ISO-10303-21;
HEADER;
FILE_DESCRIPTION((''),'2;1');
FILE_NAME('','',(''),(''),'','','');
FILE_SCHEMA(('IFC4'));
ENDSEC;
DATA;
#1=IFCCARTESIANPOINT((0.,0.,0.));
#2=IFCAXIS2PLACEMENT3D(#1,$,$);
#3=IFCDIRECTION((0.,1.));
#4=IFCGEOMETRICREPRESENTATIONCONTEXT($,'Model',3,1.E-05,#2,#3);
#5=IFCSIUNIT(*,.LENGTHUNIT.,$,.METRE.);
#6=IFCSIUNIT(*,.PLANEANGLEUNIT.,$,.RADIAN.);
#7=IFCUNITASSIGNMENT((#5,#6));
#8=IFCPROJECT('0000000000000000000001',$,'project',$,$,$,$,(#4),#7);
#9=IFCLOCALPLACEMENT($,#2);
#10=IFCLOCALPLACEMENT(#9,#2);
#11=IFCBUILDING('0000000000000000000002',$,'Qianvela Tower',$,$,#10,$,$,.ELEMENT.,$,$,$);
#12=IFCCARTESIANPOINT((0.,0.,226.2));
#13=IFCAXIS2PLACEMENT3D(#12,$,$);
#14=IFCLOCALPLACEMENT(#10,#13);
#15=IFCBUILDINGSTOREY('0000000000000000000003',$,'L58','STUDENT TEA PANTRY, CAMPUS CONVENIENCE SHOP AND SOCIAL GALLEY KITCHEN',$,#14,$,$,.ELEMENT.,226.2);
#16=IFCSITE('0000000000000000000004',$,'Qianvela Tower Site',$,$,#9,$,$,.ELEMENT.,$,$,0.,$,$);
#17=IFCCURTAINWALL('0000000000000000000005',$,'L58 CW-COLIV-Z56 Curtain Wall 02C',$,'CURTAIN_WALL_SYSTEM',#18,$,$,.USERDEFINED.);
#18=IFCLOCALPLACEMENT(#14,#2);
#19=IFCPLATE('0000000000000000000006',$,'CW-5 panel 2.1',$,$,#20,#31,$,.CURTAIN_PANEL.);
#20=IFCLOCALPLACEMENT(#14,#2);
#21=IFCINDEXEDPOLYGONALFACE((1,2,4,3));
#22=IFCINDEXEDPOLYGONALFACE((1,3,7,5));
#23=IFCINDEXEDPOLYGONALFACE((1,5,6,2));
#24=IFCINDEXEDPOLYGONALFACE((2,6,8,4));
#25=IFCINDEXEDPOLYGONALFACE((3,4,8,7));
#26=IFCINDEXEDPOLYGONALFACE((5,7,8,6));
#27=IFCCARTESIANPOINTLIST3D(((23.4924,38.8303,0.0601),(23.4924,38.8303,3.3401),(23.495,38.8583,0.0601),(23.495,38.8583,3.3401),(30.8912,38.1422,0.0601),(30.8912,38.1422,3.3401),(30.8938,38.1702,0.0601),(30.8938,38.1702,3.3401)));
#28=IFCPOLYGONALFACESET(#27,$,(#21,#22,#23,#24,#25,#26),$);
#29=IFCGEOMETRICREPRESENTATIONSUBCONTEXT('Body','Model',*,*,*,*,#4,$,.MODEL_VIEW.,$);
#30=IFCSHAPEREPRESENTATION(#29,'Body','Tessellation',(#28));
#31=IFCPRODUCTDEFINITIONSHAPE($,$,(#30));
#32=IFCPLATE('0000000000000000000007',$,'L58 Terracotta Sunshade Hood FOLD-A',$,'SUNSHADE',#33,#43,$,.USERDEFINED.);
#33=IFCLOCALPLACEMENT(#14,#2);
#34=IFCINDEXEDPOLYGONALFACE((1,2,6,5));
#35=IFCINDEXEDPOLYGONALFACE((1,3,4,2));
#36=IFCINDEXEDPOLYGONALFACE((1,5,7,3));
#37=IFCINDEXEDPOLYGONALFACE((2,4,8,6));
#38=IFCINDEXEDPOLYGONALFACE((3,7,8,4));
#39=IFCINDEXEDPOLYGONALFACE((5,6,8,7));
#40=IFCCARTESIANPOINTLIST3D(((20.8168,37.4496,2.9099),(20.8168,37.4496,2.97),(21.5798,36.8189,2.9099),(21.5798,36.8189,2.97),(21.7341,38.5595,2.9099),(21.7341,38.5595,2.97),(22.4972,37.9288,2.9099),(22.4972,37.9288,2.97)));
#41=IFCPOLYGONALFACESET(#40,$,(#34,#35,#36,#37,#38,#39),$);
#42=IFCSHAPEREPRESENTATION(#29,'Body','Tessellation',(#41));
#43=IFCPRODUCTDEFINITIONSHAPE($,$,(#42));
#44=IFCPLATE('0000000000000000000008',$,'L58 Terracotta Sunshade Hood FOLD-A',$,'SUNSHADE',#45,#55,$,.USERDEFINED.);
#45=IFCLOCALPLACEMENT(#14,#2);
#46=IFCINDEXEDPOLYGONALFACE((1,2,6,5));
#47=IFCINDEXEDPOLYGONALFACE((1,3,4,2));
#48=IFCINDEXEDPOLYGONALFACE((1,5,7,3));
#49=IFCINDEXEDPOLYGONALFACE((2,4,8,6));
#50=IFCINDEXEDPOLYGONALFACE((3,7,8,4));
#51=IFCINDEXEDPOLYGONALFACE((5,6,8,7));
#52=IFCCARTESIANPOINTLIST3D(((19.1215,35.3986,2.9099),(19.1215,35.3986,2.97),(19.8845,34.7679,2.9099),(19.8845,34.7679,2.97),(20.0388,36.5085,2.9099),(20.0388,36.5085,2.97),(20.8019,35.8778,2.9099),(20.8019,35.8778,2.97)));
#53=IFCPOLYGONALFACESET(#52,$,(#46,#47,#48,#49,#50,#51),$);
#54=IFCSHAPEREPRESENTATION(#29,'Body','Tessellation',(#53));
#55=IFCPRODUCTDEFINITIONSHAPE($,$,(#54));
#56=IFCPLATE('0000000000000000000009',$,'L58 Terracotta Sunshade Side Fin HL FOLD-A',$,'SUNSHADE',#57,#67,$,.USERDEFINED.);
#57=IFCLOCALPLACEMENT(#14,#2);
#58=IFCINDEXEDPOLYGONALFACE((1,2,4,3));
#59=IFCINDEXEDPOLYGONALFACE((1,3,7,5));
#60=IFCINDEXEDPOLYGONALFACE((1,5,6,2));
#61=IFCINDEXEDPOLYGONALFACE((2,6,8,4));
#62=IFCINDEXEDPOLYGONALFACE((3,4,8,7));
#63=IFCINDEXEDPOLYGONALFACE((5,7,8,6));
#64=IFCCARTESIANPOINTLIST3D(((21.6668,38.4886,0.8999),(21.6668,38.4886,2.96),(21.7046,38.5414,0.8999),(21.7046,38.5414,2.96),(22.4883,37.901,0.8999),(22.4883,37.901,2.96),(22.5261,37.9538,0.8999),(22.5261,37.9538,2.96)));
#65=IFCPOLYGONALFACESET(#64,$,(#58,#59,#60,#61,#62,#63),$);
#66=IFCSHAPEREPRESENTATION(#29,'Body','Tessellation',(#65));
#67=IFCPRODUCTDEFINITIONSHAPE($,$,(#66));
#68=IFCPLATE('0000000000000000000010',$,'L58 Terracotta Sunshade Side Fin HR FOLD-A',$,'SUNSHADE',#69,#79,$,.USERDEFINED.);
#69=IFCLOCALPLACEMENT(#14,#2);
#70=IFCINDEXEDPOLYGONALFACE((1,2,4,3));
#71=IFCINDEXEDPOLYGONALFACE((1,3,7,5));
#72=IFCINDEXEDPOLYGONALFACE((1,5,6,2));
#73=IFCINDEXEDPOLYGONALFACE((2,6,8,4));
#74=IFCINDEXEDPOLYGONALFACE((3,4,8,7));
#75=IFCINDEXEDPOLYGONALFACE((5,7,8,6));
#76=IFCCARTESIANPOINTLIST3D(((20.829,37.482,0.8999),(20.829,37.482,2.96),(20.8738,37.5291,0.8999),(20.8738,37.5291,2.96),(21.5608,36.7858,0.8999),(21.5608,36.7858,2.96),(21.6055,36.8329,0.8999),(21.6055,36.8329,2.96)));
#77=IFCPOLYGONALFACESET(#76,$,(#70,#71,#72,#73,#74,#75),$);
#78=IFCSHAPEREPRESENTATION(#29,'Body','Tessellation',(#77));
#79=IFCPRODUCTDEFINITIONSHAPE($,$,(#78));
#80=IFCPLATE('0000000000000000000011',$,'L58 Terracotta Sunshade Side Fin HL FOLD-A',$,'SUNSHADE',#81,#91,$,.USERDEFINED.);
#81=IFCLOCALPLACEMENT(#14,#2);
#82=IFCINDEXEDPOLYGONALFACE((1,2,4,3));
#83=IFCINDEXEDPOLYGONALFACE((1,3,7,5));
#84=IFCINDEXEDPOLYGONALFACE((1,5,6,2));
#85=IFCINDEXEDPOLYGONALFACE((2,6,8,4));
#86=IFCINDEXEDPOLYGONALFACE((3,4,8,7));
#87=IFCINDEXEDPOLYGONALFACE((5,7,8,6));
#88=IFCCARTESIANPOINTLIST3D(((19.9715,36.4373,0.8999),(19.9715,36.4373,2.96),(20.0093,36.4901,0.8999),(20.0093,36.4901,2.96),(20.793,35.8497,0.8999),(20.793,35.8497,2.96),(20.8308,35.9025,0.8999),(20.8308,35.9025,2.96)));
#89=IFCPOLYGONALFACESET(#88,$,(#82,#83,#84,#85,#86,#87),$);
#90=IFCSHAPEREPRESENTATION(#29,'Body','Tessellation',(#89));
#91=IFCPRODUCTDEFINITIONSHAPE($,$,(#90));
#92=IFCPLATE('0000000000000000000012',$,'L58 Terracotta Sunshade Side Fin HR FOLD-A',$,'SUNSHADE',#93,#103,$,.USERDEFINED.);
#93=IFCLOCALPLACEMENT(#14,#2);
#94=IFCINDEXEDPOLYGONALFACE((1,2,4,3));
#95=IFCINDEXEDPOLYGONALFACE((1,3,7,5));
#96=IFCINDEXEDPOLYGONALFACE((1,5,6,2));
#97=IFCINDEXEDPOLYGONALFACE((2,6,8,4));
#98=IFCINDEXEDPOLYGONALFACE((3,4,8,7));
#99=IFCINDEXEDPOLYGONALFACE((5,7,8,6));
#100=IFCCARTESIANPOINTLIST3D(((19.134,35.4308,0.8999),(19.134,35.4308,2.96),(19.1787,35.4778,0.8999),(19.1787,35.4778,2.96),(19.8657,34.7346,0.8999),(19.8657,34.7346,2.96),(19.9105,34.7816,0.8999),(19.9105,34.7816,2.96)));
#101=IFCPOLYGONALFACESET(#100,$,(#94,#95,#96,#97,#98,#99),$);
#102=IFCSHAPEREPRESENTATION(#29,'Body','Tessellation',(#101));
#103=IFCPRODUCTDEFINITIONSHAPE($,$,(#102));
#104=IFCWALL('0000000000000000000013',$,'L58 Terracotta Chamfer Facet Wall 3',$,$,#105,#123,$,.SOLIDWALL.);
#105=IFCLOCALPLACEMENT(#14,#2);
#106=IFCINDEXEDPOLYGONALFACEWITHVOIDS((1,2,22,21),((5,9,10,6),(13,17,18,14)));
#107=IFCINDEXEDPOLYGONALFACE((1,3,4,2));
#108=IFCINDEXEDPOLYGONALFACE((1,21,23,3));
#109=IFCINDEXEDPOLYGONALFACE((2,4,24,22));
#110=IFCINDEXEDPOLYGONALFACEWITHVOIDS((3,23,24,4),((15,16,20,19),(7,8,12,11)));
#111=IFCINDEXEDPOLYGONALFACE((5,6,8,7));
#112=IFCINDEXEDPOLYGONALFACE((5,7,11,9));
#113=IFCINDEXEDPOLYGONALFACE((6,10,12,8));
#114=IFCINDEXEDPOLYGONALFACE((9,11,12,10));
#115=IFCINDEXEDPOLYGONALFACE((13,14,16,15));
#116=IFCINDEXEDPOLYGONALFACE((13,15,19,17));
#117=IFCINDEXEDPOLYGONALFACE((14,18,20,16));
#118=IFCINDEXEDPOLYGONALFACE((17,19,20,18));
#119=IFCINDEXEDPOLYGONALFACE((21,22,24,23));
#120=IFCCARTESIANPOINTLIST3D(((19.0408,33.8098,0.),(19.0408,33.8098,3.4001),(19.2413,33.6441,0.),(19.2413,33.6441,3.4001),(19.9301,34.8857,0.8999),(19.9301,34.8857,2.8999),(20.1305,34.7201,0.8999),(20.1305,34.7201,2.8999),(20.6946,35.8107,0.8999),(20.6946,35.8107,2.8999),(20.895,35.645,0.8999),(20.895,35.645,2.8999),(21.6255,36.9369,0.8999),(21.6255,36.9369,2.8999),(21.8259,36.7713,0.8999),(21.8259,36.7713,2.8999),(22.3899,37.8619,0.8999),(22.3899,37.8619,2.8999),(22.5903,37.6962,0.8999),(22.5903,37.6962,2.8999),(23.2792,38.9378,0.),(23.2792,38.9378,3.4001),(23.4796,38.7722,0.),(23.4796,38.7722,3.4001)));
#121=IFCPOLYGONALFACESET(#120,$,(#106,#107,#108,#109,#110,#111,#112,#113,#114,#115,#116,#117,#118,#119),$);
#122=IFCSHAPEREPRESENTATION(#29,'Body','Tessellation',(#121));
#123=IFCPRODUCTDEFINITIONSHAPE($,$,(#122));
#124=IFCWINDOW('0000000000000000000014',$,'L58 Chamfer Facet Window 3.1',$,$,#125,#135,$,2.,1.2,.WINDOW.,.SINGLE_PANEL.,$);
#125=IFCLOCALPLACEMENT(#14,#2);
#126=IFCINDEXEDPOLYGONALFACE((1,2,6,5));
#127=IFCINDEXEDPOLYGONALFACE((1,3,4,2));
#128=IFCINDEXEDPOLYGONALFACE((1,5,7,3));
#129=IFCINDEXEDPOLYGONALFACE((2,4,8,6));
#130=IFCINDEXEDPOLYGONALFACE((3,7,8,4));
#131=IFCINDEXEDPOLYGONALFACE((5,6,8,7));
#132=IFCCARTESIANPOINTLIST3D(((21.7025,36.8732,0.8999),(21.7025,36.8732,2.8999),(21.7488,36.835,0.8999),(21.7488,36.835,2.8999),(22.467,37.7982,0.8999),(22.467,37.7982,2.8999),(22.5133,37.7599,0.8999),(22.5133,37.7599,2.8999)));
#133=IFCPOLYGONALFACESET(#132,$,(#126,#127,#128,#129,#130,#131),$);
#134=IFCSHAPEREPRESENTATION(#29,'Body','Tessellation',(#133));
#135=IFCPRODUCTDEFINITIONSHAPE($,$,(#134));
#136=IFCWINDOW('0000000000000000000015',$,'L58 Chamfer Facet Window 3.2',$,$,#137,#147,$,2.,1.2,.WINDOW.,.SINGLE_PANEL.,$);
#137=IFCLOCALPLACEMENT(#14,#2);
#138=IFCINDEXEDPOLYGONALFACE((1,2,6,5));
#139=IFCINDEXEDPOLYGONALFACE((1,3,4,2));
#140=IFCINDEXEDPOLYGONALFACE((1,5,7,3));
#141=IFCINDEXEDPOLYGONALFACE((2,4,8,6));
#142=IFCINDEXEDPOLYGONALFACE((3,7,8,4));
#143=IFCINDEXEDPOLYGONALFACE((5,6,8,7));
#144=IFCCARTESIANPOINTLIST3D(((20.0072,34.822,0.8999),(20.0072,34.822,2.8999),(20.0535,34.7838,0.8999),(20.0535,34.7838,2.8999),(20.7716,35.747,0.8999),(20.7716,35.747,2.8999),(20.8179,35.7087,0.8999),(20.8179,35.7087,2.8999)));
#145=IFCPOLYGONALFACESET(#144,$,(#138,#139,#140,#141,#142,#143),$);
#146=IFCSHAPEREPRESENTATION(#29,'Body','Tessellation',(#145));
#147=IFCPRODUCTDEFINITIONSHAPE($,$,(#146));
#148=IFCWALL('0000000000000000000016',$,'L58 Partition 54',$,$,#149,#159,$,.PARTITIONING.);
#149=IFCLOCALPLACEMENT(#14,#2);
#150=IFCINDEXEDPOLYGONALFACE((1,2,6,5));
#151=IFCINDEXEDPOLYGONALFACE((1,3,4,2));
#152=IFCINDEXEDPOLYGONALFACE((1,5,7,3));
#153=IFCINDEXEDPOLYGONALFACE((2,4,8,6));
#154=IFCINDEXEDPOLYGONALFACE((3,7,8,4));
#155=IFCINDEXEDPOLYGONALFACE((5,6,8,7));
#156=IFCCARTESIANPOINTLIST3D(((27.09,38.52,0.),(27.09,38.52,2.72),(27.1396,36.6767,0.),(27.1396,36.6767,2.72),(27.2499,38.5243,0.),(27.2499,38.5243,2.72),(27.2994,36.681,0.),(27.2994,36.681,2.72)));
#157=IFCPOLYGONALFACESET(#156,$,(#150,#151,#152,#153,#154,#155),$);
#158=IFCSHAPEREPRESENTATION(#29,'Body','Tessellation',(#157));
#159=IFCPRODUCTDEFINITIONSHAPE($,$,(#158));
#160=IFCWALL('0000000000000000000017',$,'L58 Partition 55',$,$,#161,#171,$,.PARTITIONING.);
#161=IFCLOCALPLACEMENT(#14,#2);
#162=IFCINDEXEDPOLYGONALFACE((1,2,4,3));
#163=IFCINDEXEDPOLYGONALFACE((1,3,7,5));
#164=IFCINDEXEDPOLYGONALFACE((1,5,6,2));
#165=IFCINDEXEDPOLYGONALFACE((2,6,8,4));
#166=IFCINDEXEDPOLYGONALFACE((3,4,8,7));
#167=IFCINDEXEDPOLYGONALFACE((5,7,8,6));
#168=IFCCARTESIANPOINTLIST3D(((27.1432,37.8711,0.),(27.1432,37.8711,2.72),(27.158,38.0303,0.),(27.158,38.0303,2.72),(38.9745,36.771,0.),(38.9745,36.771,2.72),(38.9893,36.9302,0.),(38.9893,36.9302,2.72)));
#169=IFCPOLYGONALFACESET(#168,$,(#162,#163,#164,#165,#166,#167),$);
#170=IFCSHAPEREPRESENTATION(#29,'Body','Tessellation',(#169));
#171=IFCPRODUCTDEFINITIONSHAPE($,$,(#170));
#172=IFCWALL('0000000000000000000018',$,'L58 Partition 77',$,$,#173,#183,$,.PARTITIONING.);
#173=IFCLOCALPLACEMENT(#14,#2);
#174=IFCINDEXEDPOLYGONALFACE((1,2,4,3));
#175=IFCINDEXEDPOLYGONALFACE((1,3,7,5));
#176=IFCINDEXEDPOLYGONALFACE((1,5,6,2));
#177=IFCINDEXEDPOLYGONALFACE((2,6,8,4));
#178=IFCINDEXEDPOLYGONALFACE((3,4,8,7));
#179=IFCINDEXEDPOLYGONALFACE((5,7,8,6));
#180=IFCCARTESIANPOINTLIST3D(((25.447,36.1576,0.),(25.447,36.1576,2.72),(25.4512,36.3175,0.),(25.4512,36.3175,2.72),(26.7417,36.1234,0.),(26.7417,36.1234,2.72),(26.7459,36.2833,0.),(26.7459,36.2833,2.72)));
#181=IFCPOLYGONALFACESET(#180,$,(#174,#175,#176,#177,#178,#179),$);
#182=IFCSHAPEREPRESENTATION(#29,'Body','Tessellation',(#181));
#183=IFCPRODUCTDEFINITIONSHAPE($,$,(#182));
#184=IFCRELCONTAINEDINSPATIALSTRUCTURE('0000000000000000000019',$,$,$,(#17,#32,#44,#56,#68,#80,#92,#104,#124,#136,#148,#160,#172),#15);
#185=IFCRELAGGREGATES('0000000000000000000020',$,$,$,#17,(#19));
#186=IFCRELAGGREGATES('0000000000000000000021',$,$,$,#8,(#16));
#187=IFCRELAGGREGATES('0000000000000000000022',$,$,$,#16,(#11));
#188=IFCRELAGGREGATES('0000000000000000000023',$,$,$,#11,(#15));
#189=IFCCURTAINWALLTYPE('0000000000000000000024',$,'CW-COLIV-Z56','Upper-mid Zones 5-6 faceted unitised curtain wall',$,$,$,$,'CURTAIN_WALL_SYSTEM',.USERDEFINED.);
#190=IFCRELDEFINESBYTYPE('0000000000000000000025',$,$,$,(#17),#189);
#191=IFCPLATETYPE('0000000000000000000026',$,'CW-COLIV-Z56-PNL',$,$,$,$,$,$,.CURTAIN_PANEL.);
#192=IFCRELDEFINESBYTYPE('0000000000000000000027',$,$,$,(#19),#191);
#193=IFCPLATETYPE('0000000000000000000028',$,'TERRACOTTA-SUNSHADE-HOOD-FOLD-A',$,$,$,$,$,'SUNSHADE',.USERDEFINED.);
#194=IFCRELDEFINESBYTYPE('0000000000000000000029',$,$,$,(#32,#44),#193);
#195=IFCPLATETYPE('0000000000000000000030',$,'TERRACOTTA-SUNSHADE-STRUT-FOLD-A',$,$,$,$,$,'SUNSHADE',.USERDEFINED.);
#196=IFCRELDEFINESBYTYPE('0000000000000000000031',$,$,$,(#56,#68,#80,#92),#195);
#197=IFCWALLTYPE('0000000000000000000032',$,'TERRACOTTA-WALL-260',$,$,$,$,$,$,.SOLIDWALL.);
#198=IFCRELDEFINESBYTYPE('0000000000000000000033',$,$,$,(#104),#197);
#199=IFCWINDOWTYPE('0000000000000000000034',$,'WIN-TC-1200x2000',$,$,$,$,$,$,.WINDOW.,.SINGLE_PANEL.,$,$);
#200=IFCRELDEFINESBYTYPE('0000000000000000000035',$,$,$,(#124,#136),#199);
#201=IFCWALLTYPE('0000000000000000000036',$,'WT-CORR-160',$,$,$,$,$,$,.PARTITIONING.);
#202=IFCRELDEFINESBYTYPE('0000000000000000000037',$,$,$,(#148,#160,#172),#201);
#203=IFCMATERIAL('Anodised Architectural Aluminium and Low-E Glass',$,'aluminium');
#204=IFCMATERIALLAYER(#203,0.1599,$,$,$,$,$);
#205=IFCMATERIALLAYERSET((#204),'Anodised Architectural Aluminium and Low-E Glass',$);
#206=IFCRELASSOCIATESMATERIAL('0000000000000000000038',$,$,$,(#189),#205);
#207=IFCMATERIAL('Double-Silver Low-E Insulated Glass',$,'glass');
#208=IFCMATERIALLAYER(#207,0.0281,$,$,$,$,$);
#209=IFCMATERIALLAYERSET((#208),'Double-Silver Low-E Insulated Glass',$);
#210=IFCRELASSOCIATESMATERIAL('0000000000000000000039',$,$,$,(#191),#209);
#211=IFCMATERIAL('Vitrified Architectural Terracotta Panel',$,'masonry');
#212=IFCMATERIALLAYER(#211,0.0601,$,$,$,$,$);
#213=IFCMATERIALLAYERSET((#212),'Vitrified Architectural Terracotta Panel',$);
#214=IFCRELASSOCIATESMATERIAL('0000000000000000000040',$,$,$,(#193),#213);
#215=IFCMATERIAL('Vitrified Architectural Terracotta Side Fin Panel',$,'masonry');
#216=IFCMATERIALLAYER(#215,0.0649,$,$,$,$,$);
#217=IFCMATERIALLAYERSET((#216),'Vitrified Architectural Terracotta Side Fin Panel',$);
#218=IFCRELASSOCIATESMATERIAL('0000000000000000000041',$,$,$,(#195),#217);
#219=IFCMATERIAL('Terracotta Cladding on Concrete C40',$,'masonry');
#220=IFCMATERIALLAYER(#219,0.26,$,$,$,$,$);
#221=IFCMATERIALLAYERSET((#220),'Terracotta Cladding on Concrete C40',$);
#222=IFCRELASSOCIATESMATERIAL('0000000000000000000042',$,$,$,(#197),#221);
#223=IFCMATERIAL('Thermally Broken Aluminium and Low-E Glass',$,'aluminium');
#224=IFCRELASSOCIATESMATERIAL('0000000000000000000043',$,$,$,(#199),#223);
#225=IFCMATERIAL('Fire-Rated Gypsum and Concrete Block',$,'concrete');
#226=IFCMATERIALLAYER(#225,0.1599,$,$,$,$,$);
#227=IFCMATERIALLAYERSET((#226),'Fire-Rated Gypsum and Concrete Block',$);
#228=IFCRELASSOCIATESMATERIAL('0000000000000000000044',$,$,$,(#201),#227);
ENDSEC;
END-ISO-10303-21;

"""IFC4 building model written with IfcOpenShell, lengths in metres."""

from ifc_helpers import new_model, si_unit, direction, frame, frame_2d, origin, origin_2d, place, context, subcontext, project, spatial, rectangle, extrude, material, layer, layer_set, type_object, element, fill, aggregate, save


model = new_model("IFC4")

# Units and contexts
model_context = context("Model", 3, precision=1e-05, world=origin(), true_north=direction((0.0, 1.0)))
body_context = subcontext(model_context, "Body", "Model", "MODEL_VIEW")
ifc_project = project(units=[si_unit("LENGTHUNIT", "METRE"), si_unit("PLANEANGLEUNIT", "RADIAN")], contexts=[model_context])

# Site, building, storey
site_placement = place(None, origin())
site = spatial("IfcSite", under=ifc_project, at=site_placement, Name="Qianvela Tower Site", CompositionType="ELEMENT", RefElevation=0.0)
building_placement = place(site_placement, origin())
building = spatial("IfcBuilding", under=site, at=building_placement, Name="Qianvela Tower", CompositionType="ELEMENT")
storey_placement = place(building_placement, frame((0.0, 0.0, 226.2)))
storey = spatial("IfcBuildingStorey", under=building, at=storey_placement, Name="L58", Description="STUDENT TEA PANTRY, CAMPUS CONVENIENCE SHOP AND SOCIAL GALLEY KITCHEN", CompositionType="ELEMENT", Elevation=226.2)

# Curtain wall, plate
ifc_material_1 = material(Name="Anodised Architectural Aluminium and Low-E Glass", Category="aluminium")
ifc_layer_1 = layer(ifc_material_1, 0.1599)
ifc_layer_set_1 = layer_set([ifc_layer_1], Name="Anodised Architectural Aluminium and Low-E Glass")
curtain_wall_type = type_object("IfcCurtainWallType", Name="CW-COLIV-Z56", Description="Upper-mid Zones 5-6 faceted unitised curtain wall", ElementType="CURTAIN_WALL_SYSTEM", PredefinedType="USERDEFINED", material=ifc_layer_set_1)
curtain_wall_placement = place(storey_placement, origin())
curtain_wall = element("IfcCurtainWall", 1, at=curtain_wall_placement, inside=storey, type_object=curtain_wall_type, Name="L58 CW-COLIV-Z56 Curtain Wall 02C", ObjectType="CURTAIN_WALL_SYSTEM", PredefinedType="USERDEFINED")
ifc_material_2 = material(Name="Double-Silver Low-E Insulated Glass", Category="glass")
ifc_layer_2 = layer(ifc_material_2, 0.0281)
ifc_layer_set_2 = layer_set([ifc_layer_2], Name="Double-Silver Low-E Insulated Glass")
plate_type_1 = type_object("IfcPlateType", Name="CW-COLIV-Z56-PNL", PredefinedType="CURTAIN_PANEL", material=ifc_layer_set_2)
plate_placement = place(storey_placement, frame((27.1931, 38.5002, 0.0601), z_axis=(0.0, 0.0, 1.0), x_axis=(-0.995703, 0.0926, 0.0)))
plate = element("IfcPlate", 2, at=plate_placement, type_object=plate_type_1, Name="CW-5 panel 2.1", PredefinedType="CURTAIN_PANEL", context=body_context, shape_type="SweptSolid", body=[
    extrude(rectangle(XDim=7.4307, YDim=0.0281, at=origin_2d()), origin(), (0.0, 0.0, 1.0), 3.28),
])
aggregate(curtain_wall, [plate])

# Plates
ifc_material_3 = material(Name="Vitrified Architectural Terracotta Panel", Category="masonry")
ifc_layer_3 = layer(ifc_material_3, 0.0601)
ifc_layer_set_3 = layer_set([ifc_layer_3], Name="Vitrified Architectural Terracotta Panel")
plate_type_2 = type_object("IfcPlateType", Name="TERRACOTTA-SUNSHADE-HOOD-FOLD-A", ElementType="SUNSHADE", PredefinedType="USERDEFINED", material=ifc_layer_set_3)
for number, where, z_axis, x_axis, name in (
    (3, (21.657, 37.6892, 2.9099), (0.0, 0.0, 1.0), (-0.637077, -0.7708, 0.0), "L58 Terracotta Sunshade Hood FOLD-A"),
    (4, (19.9617, 35.6382, 2.9099), (0.0, 0.0, 1.0), (-0.637077, -0.7708, 0.0), "L58 Terracotta Sunshade Hood FOLD-A"),
):
    element("IfcPlate", number, at=place(storey_placement, frame(where, z_axis=z_axis, x_axis=x_axis)), inside=storey, type_object=plate_type_2, Name=name, ObjectType="SUNSHADE", PredefinedType="USERDEFINED", context=body_context, shape_type="SweptSolid", body=[
        extrude(rectangle(XDim=1.4399, YDim=0.99, at=origin_2d()), origin(), (0.0, 0.0, 1.0), 0.0601),
    ])
ifc_material_4 = material(Name="Vitrified Architectural Terracotta Side Fin Panel", Category="masonry")
ifc_layer_4 = layer(ifc_material_4, 0.0649)
ifc_layer_set_4 = layer_set([ifc_layer_4], Name="Vitrified Architectural Terracotta Side Fin Panel")
plate_type_3 = type_object("IfcPlateType", Name="TERRACOTTA-SUNSHADE-STRUT-FOLD-A", ElementType="SUNSHADE", PredefinedType="USERDEFINED", material=ifc_layer_set_4)
for number, where, z_axis, x_axis, name in (
    (5, (22.0964, 38.2212, 0.8999), (0.0, 0.0, 1.0), (-0.581757, -0.813363, 0.0), "L58 Terracotta Sunshade Side Fin HL FOLD-A"),
    (6, (21.2173, 37.1575, 0.8999), (0.0, 0.0, 1.0), (-0.689293, -0.724482, 0.0), "L58 Terracotta Sunshade Side Fin HR FOLD-A"),
    (7, (20.4011, 36.1699, 0.8999), (0.0, 0.0, 1.0), (-0.581757, -0.813363, 0.0), "L58 Terracotta Sunshade Side Fin HL FOLD-A"),
    (8, (19.5222, 35.1062, 0.8999), (0.0, 0.0, 1.0), (-0.689293, -0.724482, 0.0), "L58 Terracotta Sunshade Side Fin HR FOLD-A"),
):
    element("IfcPlate", number, at=place(storey_placement, frame(where, z_axis=z_axis, x_axis=x_axis)), inside=storey, type_object=plate_type_3, Name=name, ObjectType="SUNSHADE", PredefinedType="USERDEFINED", context=body_context, shape_type="SweptSolid", body=[
        extrude(rectangle(XDim=0.0649, YDim=1.01, at=origin_2d()), origin(), (0.0, 0.0, 1.0), 2.0601),
    ])

# Wall, openings, windows
ifc_material_5 = material(Name="Terracotta Cladding on Concrete C40", Category="masonry")
ifc_layer_5 = layer(ifc_material_5, 0.26)
ifc_layer_set_5 = layer_set([ifc_layer_5], Name="Terracotta Cladding on Concrete C40")
wall_type_1 = type_object("IfcWallType", Name="TERRACOTTA-WALL-260", PredefinedType="SOLIDWALL", material=ifc_layer_set_5)
wall_1_placement = place(storey_placement, frame((23.3794, 38.855, 0.0), z_axis=(0.0, 0.0, 1.0), x_axis=(-0.637075, -0.770802, 0.0)))
wall_1 = element("IfcWall", 9, at=wall_1_placement, inside=storey, type_object=wall_type_1, Name="L58 Terracotta Chamfer Facet Wall 3", PredefinedType="SOLIDWALL", context=body_context, shape_type="SweptSolid", body=[
    extrude(rectangle(XDim=6.6528, YDim=0.26, at=frame_2d((3.3264, 0.0))), origin(), (0.0, 0.0, 1.0), 3.4001),
])
opening_1_placement = place(wall_1_placement, frame((1.3958, 0.0, 0.8999)))
opening_1 = element("IfcOpeningElement", 10, at=opening_1_placement, cuts=wall_1, PredefinedType="OPENING", context=body_context, shape_type="SweptSolid", body=[
    extrude(rectangle(XDim=1.2, YDim=2.0, at=frame_2d((0.6001, 1.0))), frame((0.0, 0.1399, 0.0), z_axis=(0.0, -1.0, 0.0), x_axis=(1.0, 0.0, 0.0)), (0.0, 0.0, 1.0), 0.28),
])
opening_2_placement = place(wall_1_placement, frame((4.0569, 0.0, 0.8999)))
opening_2 = element("IfcOpeningElement", 11, at=opening_2_placement, cuts=wall_1, PredefinedType="OPENING", context=body_context, shape_type="SweptSolid", body=[
    extrude(rectangle(XDim=1.2, YDim=2.0, at=frame_2d((0.6001, 1.0))), frame((0.0, 0.1399, 0.0), z_axis=(0.0, -1.0, 0.0), x_axis=(1.0, 0.0, 0.0)), (0.0, 0.0, 1.0), 0.28),
])
ifc_material_6 = material(Name="Thermally Broken Aluminium and Low-E Glass", Category="aluminium")
window_type = type_object("IfcWindowType", Name="WIN-TC-1200x2000", PartitioningType="SINGLE_PANEL", PredefinedType="WINDOW", material=ifc_material_6)
window_1_placement = place(opening_1_placement, origin())
window_1 = element("IfcWindow", 12, at=window_1_placement, inside=storey, type_object=window_type, Name="L58 Chamfer Facet Window 3.1", OverallHeight=2.0, OverallWidth=1.2, PartitioningType="SINGLE_PANEL", PredefinedType="WINDOW", context=body_context, shape_type="SweptSolid", body=[
    extrude(rectangle(XDim=1.2, YDim=2.0, at=frame_2d((0.6001, 1.0))), frame((0.0, 0.03, 0.0), z_axis=(0.0, -1.0, 0.0), x_axis=(1.0, 0.0, 0.0)), (0.0, 0.0, 1.0), 0.0601),
])
fill(opening_1, window_1)
window_2_placement = place(opening_2_placement, origin())
window_2 = element("IfcWindow", 13, at=window_2_placement, inside=storey, type_object=window_type, Name="L58 Chamfer Facet Window 3.2", OverallHeight=2.0, OverallWidth=1.2, PartitioningType="SINGLE_PANEL", PredefinedType="WINDOW", context=body_context, shape_type="SweptSolid", body=[
    extrude(rectangle(XDim=1.2, YDim=2.0, at=frame_2d((0.6001, 1.0))), frame((0.0, 0.03, 0.0), z_axis=(0.0, -1.0, 0.0), x_axis=(1.0, 0.0, 0.0)), (0.0, 0.0, 1.0), 0.0601),
])
fill(opening_2, window_2)

# Walls
ifc_material_7 = material(Name="Fire-Rated Gypsum and Concrete Block", Category="concrete")
ifc_layer_6 = layer(ifc_material_7, 0.1599)
ifc_layer_set_6 = layer_set([ifc_layer_6], Name="Fire-Rated Gypsum and Concrete Block")
wall_type_2 = type_object("IfcWallType", Name="WT-CORR-160", PredefinedType="PARTITIONING", material=ifc_layer_set_6)
wall_2_placement = place(storey_placement, frame((27.2195, 36.679, 0.0), z_axis=(0.0, 0.0, 1.0), x_axis=(-0.026878, 0.999639, 0.0)))
element("IfcWall", 14, at=wall_2_placement, inside=storey, type_object=wall_type_2, Name="L58 Partition 54", PredefinedType="PARTITIONING", context=body_context, shape_type="SweptSolid", body=[
    extrude(rectangle(XDim=1.844, YDim=0.1599, at=frame_2d((0.9219, 0.0))), origin(), (0.0, 0.0, 1.0), 2.72),
])
wall_3_placement = place(storey_placement, frame((27.1506, 37.9507, 0.0), z_axis=(0.0, 0.0, 1.0), x_axis=(0.995705, -0.092583, 0.0)))
element("IfcWall", 15, at=wall_3_placement, inside=storey, type_object=wall_type_2, Name="L58 Partition 55", PredefinedType="PARTITIONING", context=body_context, shape_type="SweptSolid", body=[
    extrude(rectangle(XDim=11.8823, YDim=0.1599, at=frame_2d((5.9412, 0.0))), origin(), (0.0, 0.0, 1.0), 2.72),
])
wall_4_placement = place(storey_placement, frame((25.4492, 36.2375, 0.0), z_axis=(0.0, 0.0, 1.0), x_axis=(0.999652, -0.026391, 0.0)))
element("IfcWall", 16, at=wall_4_placement, inside=storey, type_object=wall_type_2, Name="L58 Partition 77", PredefinedType="PARTITIONING", context=body_context, shape_type="SweptSolid", body=[
    extrude(rectangle(XDim=1.2952, YDim=0.1599, at=frame_2d((0.6475, 0.0))), origin(), (0.0, 0.0, 1.0), 2.72),
])

save(model, "model.ifc")
